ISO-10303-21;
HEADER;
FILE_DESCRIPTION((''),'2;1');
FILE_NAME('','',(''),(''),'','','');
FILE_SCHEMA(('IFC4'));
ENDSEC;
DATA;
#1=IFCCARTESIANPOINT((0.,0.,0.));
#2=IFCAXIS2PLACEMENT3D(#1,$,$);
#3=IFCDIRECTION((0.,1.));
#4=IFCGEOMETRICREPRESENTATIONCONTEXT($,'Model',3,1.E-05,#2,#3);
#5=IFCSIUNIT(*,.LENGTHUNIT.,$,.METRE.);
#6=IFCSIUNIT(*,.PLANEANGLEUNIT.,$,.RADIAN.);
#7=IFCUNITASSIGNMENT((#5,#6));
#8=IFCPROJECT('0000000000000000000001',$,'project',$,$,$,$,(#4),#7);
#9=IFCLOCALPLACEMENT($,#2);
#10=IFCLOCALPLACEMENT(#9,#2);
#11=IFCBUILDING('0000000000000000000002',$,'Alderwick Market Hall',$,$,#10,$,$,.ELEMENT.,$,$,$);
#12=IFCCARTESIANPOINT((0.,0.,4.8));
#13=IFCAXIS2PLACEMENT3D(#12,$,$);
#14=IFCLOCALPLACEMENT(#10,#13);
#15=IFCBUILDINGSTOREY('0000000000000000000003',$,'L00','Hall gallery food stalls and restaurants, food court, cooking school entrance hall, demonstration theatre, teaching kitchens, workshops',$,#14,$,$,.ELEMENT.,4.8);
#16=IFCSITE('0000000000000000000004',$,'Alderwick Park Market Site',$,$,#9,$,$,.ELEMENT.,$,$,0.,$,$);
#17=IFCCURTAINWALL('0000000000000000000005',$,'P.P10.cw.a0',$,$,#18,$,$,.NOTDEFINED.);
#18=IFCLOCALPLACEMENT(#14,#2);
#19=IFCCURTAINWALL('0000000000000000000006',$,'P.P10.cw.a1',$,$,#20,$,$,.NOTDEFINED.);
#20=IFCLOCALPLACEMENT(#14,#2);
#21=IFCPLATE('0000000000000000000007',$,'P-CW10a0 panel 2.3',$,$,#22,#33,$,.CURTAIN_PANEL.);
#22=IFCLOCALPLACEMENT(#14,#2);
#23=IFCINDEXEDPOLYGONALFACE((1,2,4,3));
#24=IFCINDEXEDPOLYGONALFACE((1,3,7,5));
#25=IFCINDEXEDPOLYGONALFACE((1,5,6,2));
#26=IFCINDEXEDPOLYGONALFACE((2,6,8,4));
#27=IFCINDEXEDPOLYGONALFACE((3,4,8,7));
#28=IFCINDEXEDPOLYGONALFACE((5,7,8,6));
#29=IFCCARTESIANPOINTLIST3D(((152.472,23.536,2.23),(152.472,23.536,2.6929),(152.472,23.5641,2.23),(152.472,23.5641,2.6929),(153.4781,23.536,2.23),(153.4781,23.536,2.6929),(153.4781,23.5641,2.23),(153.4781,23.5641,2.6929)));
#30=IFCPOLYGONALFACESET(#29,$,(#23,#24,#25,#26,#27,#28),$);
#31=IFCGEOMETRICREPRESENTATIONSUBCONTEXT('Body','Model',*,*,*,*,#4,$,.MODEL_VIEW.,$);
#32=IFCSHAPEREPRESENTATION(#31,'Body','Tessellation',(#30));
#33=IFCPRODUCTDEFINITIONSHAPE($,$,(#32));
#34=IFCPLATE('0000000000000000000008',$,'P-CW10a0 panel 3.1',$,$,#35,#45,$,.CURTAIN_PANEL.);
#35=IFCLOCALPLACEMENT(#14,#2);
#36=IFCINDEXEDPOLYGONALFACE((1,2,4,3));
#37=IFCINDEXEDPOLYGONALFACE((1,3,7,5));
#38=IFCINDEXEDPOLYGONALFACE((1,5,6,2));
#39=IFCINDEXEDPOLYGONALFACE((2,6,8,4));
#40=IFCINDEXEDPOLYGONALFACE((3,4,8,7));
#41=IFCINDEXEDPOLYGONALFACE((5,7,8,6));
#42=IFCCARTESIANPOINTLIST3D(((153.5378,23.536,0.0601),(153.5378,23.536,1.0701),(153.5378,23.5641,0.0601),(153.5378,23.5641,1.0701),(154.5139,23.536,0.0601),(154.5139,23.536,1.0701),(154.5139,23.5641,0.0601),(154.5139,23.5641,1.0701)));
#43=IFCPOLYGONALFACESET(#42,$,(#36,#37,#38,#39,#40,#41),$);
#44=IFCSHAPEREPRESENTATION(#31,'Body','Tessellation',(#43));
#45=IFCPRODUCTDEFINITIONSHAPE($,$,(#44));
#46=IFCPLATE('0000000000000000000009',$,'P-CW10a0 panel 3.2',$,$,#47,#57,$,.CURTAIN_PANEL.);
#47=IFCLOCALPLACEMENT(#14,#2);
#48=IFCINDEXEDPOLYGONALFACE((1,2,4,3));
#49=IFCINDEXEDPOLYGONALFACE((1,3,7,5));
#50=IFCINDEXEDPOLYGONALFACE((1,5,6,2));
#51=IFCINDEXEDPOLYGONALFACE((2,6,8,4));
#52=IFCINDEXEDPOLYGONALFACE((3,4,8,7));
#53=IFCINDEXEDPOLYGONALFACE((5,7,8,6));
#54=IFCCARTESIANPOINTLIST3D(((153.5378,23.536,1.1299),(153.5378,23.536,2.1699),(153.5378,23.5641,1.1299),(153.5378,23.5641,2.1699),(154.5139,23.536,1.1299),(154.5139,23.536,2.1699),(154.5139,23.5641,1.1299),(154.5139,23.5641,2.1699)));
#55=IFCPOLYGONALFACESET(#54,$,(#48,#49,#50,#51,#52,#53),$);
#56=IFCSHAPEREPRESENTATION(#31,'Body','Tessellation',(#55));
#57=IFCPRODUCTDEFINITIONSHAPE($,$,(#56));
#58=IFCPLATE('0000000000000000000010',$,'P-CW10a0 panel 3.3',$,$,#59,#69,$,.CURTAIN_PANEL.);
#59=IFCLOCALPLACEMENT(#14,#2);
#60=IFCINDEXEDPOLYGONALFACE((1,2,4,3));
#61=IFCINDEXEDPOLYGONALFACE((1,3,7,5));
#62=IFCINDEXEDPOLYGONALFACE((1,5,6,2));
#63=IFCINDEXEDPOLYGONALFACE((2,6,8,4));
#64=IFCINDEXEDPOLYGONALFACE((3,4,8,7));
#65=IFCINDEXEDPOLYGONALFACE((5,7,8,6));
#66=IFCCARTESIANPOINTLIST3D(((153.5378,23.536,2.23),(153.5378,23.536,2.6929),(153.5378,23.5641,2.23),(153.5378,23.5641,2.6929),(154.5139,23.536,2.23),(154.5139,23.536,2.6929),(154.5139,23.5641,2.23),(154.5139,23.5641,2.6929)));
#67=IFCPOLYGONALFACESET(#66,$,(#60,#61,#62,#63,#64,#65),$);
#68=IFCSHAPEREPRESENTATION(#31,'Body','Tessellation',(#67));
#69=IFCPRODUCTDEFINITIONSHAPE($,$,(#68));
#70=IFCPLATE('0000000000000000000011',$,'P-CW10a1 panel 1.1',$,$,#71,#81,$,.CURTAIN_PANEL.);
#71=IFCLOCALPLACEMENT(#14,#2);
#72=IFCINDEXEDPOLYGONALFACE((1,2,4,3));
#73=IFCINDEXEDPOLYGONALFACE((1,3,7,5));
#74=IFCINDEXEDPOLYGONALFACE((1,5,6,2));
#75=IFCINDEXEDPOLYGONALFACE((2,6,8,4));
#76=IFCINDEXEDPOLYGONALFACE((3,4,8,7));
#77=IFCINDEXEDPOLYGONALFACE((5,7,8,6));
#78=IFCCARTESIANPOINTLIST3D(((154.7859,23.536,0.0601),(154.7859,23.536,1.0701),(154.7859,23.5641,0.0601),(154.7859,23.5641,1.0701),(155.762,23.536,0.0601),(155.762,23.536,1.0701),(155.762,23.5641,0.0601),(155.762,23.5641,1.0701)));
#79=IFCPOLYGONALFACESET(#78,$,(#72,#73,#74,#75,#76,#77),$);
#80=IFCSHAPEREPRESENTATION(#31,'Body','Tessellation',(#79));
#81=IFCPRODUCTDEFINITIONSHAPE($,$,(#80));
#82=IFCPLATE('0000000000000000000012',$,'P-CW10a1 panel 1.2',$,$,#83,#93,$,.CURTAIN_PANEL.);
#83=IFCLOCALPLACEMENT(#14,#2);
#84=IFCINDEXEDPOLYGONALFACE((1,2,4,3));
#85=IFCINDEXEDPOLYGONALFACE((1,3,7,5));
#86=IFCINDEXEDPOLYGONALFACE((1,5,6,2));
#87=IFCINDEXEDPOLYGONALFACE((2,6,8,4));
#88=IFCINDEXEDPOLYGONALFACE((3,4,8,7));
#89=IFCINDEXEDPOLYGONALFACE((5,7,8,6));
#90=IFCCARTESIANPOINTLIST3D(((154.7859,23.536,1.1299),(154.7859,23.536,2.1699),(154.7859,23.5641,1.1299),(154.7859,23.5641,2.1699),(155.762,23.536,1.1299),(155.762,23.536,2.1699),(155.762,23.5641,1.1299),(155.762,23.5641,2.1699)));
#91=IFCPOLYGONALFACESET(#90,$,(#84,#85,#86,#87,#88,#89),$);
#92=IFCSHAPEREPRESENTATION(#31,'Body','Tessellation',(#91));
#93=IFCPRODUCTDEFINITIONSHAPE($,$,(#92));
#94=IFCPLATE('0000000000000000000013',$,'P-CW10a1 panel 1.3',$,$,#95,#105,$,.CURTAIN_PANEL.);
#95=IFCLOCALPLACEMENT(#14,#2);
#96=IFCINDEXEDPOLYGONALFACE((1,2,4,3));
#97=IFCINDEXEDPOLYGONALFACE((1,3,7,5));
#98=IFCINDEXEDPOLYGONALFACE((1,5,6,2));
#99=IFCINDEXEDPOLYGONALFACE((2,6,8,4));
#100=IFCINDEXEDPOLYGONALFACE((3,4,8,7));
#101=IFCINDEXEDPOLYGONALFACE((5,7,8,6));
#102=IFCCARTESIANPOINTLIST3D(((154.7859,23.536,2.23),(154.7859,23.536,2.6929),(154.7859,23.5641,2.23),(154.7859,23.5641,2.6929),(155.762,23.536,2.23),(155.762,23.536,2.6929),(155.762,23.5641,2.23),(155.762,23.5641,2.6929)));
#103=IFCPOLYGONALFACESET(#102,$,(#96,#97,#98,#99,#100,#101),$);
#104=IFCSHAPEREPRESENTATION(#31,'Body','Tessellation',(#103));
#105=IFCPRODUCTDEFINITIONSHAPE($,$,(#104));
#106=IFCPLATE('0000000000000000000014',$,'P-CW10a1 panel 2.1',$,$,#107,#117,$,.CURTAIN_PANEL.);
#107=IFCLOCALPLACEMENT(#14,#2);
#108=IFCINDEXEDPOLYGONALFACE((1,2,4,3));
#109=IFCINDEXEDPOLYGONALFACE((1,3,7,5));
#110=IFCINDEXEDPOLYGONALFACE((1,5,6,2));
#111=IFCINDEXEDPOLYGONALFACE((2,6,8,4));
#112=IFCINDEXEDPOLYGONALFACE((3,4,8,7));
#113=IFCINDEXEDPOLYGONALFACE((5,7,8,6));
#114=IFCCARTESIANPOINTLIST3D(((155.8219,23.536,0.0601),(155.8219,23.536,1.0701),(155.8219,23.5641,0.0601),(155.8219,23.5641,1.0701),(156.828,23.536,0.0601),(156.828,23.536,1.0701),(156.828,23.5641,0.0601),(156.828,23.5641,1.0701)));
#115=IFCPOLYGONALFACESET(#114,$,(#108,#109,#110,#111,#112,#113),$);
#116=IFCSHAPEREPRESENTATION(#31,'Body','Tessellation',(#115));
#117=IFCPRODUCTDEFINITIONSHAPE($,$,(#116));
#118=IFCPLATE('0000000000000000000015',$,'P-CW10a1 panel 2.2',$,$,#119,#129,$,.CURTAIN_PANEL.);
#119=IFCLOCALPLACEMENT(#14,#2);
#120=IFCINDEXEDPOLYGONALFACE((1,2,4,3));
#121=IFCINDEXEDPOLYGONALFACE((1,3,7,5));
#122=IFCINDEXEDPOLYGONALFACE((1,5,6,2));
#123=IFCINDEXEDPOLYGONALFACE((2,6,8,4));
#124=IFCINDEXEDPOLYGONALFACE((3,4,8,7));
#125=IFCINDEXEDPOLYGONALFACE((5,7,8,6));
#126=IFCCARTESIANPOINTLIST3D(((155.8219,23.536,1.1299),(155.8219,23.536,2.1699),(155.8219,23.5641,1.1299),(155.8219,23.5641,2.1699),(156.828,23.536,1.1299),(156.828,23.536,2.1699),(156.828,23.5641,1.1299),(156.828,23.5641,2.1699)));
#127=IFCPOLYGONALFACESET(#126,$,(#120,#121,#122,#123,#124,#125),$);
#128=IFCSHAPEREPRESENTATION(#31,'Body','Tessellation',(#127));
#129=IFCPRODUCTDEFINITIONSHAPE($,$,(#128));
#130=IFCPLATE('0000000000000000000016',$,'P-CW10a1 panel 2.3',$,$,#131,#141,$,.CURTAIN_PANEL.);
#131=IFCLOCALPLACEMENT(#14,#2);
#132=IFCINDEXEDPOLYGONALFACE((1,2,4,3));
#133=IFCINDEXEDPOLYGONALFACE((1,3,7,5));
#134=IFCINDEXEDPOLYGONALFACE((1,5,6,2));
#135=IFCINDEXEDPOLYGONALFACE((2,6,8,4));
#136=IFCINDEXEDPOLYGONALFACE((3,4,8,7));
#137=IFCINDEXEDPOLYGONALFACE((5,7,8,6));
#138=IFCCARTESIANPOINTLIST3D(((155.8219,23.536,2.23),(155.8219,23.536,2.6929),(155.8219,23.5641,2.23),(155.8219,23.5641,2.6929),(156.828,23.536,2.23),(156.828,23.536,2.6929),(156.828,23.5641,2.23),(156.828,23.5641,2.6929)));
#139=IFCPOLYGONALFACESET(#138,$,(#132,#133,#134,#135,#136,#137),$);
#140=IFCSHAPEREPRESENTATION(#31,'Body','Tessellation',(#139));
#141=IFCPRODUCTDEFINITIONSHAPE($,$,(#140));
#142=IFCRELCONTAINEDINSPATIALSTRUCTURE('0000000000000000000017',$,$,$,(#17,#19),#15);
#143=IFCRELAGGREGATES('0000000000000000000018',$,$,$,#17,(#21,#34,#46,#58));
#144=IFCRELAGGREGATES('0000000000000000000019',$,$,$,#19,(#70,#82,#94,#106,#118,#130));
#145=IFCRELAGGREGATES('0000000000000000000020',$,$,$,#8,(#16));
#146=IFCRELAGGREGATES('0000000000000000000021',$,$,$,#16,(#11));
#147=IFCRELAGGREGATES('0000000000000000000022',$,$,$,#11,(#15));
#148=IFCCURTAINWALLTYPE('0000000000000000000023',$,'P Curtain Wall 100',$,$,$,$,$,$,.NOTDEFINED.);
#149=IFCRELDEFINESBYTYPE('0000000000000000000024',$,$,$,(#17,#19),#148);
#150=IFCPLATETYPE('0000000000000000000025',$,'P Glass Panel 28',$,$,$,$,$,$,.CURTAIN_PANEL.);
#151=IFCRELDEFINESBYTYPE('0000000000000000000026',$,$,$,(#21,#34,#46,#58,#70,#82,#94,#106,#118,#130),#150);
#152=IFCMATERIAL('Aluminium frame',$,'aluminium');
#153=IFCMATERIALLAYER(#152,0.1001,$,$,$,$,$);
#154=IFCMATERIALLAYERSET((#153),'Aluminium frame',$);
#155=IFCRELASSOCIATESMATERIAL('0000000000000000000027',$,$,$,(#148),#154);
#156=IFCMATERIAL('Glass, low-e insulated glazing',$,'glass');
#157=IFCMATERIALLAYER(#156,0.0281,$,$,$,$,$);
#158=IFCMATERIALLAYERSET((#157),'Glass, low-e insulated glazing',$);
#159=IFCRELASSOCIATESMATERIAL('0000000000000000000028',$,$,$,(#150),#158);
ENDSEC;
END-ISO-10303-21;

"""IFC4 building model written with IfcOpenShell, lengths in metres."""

from ifc_helpers import new_model, si_unit, direction, frame, origin, origin_2d, place, context, subcontext, project, spatial, rectangle, extrude, material, layer, layer_set, type_object, element, aggregate, save


model = new_model("IFC4")

# Units and contexts
model_context = context("Model", 3, precision=1e-05, world=origin(), true_north=direction((0.0, 1.0)))
body_context = subcontext(model_context, "Body", "Model", "MODEL_VIEW")
ifc_project = project(units=[si_unit("LENGTHUNIT", "METRE"), si_unit("PLANEANGLEUNIT", "RADIAN")], contexts=[model_context])

# Site, building, storey
site_placement = place(None, origin())
site = spatial("IfcSite", under=ifc_project, at=site_placement, Name="Alderwick Park Market Site", CompositionType="ELEMENT", RefElevation=0.0)
building_placement = place(site_placement, origin())
building = spatial("IfcBuilding", under=site, at=building_placement, Name="Alderwick Market Hall", CompositionType="ELEMENT")
storey_placement = place(building_placement, frame((0.0, 0.0, 4.8)))
storey = spatial("IfcBuildingStorey", under=building, at=storey_placement, Name="L00", Description="Hall gallery food stalls and restaurants, food court, cooking school entrance hall, demonstration theatre, teaching kitchens, workshops", CompositionType="ELEMENT", Elevation=4.8)

# Curtain walls
ifc_material_1 = material(Name="Aluminium frame", Category="aluminium")
ifc_layer_1 = layer(ifc_material_1, 0.1001)
ifc_layer_set_1 = layer_set([ifc_layer_1], Name="Aluminium frame")
curtain_wall_type = type_object("IfcCurtainWallType", Name="P Curtain Wall 100", PredefinedType="NOTDEFINED", material=ifc_layer_set_1)
curtain_wall_1_placement = place(storey_placement, origin())
curtain_wall_1 = element("IfcCurtainWall", 1, at=curtain_wall_1_placement, inside=storey, type_object=curtain_wall_type, Name="P.P10.cw.a0", PredefinedType="NOTDEFINED")
curtain_wall_2_placement = place(storey_placement, origin())
curtain_wall_2 = element("IfcCurtainWall", 2, at=curtain_wall_2_placement, inside=storey, type_object=curtain_wall_type, Name="P.P10.cw.a1", PredefinedType="NOTDEFINED")

# Plates
ifc_material_2 = material(Name="Glass, low-e insulated glazing", Category="glass")
ifc_layer_2 = layer(ifc_material_2, 0.0281)
ifc_layer_set_2 = layer_set([ifc_layer_2], Name="Glass, low-e insulated glazing")
plate_type = type_object("IfcPlateType", Name="P Glass Panel 28", PredefinedType="CURTAIN_PANEL", material=ifc_layer_set_2)
plate_1_placement = place(storey_placement, frame((152.9751, 23.55, 2.23), z_axis=(0.0, 0.0, 1.0), x_axis=(1.0, 0.0, 0.0)))
plate_1 = element("IfcPlate", 3, at=plate_1_placement, type_object=plate_type, Name="P-CW10a0 panel 2.3", PredefinedType="CURTAIN_PANEL", context=body_context, shape_type="SweptSolid", body=[
    extrude(rectangle(XDim=1.0061, YDim=0.0281, at=origin_2d()), origin(), (0.0, 0.0, 1.0), 0.4629),
])
plate_2_placement = place(storey_placement, frame((154.0259, 23.55, 0.0601), z_axis=(0.0, 0.0, 1.0), x_axis=(1.0, 0.0, 0.0)))
plate_2 = element("IfcPlate", 4, at=plate_2_placement, type_object=plate_type, Name="P-CW10a0 panel 3.1", PredefinedType="CURTAIN_PANEL", context=body_context, shape_type="SweptSolid", body=[
    extrude(rectangle(XDim=0.9761, YDim=0.0281, at=origin_2d()), origin(), (0.0, 0.0, 1.0), 1.01),
])
plate_3_placement = place(storey_placement, frame((154.0259, 23.55, 1.1299), z_axis=(0.0, 0.0, 1.0), x_axis=(1.0, 0.0, 0.0)))
plate_3 = element("IfcPlate", 5, at=plate_3_placement, type_object=plate_type, Name="P-CW10a0 panel 3.2", PredefinedType="CURTAIN_PANEL", context=body_context, shape_type="SweptSolid", body=[
    extrude(rectangle(XDim=0.9761, YDim=0.0281, at=origin_2d()), origin(), (0.0, 0.0, 1.0), 1.04),
])
plate_4_placement = place(storey_placement, frame((154.0259, 23.55, 2.23), z_axis=(0.0, 0.0, 1.0), x_axis=(1.0, 0.0, 0.0)))
plate_4 = element("IfcPlate", 6, at=plate_4_placement, type_object=plate_type, Name="P-CW10a0 panel 3.3", PredefinedType="CURTAIN_PANEL", context=body_context, shape_type="SweptSolid", body=[
    extrude(rectangle(XDim=0.9761, YDim=0.0281, at=origin_2d()), origin(), (0.0, 0.0, 1.0), 0.4629),
])
aggregate(curtain_wall_1, [plate_1, plate_2, plate_3, plate_4])
plate_5_placement = place(storey_placement, frame((155.2739, 23.55, 0.0601), z_axis=(0.0, 0.0, 1.0), x_axis=(1.0, 0.0, 0.0)))
plate_5 = element("IfcPlate", 7, at=plate_5_placement, type_object=plate_type, Name="P-CW10a1 panel 1.1", PredefinedType="CURTAIN_PANEL", context=body_context, shape_type="SweptSolid", body=[
    extrude(rectangle(XDim=0.9761, YDim=0.0281, at=origin_2d()), origin(), (0.0, 0.0, 1.0), 1.01),
])
plate_6_placement = place(storey_placement, frame((155.2739, 23.55, 1.1299), z_axis=(0.0, 0.0, 1.0), x_axis=(1.0, 0.0, 0.0)))
plate_6 = element("IfcPlate", 8, at=plate_6_placement, type_object=plate_type, Name="P-CW10a1 panel 1.2", PredefinedType="CURTAIN_PANEL", context=body_context, shape_type="SweptSolid", body=[
    extrude(rectangle(XDim=0.9761, YDim=0.0281, at=origin_2d()), origin(), (0.0, 0.0, 1.0), 1.04),
])
plate_7_placement = place(storey_placement, frame((155.2739, 23.55, 2.23), z_axis=(0.0, 0.0, 1.0), x_axis=(1.0, 0.0, 0.0)))
plate_7 = element("IfcPlate", 9, at=plate_7_placement, type_object=plate_type, Name="P-CW10a1 panel 1.3", PredefinedType="CURTAIN_PANEL", context=body_context, shape_type="SweptSolid", body=[
    extrude(rectangle(XDim=0.9761, YDim=0.0281, at=origin_2d()), origin(), (0.0, 0.0, 1.0), 0.4629),
])
plate_8_placement = place(storey_placement, frame((156.325, 23.55, 0.0601), z_axis=(0.0, 0.0, 1.0), x_axis=(1.0, 0.0, 0.0)))
plate_8 = element("IfcPlate", 10, at=plate_8_placement, type_object=plate_type, Name="P-CW10a1 panel 2.1", PredefinedType="CURTAIN_PANEL", context=body_context, shape_type="SweptSolid", body=[
    extrude(rectangle(XDim=1.0061, YDim=0.0281, at=origin_2d()), origin(), (0.0, 0.0, 1.0), 1.01),
])
plate_9_placement = place(storey_placement, frame((156.325, 23.55, 1.1299), z_axis=(0.0, 0.0, 1.0), x_axis=(1.0, 0.0, 0.0)))
plate_9 = element("IfcPlate", 11, at=plate_9_placement, type_object=plate_type, Name="P-CW10a1 panel 2.2", PredefinedType="CURTAIN_PANEL", context=body_context, shape_type="SweptSolid", body=[
    extrude(rectangle(XDim=1.0061, YDim=0.0281, at=origin_2d()), origin(), (0.0, 0.0, 1.0), 1.04),
])
plate_10_placement = place(storey_placement, frame((156.325, 23.55, 2.23), z_axis=(0.0, 0.0, 1.0), x_axis=(1.0, 0.0, 0.0)))
plate_10 = element("IfcPlate", 12, at=plate_10_placement, type_object=plate_type, Name="P-CW10a1 panel 2.3", PredefinedType="CURTAIN_PANEL", context=body_context, shape_type="SweptSolid", body=[
    extrude(rectangle(XDim=1.0061, YDim=0.0281, at=origin_2d()), origin(), (0.0, 0.0, 1.0), 0.4629),
])
aggregate(curtain_wall_2, [plate_5, plate_6, plate_7, plate_8, plate_9, plate_10])

save(model, "model.ifc")
